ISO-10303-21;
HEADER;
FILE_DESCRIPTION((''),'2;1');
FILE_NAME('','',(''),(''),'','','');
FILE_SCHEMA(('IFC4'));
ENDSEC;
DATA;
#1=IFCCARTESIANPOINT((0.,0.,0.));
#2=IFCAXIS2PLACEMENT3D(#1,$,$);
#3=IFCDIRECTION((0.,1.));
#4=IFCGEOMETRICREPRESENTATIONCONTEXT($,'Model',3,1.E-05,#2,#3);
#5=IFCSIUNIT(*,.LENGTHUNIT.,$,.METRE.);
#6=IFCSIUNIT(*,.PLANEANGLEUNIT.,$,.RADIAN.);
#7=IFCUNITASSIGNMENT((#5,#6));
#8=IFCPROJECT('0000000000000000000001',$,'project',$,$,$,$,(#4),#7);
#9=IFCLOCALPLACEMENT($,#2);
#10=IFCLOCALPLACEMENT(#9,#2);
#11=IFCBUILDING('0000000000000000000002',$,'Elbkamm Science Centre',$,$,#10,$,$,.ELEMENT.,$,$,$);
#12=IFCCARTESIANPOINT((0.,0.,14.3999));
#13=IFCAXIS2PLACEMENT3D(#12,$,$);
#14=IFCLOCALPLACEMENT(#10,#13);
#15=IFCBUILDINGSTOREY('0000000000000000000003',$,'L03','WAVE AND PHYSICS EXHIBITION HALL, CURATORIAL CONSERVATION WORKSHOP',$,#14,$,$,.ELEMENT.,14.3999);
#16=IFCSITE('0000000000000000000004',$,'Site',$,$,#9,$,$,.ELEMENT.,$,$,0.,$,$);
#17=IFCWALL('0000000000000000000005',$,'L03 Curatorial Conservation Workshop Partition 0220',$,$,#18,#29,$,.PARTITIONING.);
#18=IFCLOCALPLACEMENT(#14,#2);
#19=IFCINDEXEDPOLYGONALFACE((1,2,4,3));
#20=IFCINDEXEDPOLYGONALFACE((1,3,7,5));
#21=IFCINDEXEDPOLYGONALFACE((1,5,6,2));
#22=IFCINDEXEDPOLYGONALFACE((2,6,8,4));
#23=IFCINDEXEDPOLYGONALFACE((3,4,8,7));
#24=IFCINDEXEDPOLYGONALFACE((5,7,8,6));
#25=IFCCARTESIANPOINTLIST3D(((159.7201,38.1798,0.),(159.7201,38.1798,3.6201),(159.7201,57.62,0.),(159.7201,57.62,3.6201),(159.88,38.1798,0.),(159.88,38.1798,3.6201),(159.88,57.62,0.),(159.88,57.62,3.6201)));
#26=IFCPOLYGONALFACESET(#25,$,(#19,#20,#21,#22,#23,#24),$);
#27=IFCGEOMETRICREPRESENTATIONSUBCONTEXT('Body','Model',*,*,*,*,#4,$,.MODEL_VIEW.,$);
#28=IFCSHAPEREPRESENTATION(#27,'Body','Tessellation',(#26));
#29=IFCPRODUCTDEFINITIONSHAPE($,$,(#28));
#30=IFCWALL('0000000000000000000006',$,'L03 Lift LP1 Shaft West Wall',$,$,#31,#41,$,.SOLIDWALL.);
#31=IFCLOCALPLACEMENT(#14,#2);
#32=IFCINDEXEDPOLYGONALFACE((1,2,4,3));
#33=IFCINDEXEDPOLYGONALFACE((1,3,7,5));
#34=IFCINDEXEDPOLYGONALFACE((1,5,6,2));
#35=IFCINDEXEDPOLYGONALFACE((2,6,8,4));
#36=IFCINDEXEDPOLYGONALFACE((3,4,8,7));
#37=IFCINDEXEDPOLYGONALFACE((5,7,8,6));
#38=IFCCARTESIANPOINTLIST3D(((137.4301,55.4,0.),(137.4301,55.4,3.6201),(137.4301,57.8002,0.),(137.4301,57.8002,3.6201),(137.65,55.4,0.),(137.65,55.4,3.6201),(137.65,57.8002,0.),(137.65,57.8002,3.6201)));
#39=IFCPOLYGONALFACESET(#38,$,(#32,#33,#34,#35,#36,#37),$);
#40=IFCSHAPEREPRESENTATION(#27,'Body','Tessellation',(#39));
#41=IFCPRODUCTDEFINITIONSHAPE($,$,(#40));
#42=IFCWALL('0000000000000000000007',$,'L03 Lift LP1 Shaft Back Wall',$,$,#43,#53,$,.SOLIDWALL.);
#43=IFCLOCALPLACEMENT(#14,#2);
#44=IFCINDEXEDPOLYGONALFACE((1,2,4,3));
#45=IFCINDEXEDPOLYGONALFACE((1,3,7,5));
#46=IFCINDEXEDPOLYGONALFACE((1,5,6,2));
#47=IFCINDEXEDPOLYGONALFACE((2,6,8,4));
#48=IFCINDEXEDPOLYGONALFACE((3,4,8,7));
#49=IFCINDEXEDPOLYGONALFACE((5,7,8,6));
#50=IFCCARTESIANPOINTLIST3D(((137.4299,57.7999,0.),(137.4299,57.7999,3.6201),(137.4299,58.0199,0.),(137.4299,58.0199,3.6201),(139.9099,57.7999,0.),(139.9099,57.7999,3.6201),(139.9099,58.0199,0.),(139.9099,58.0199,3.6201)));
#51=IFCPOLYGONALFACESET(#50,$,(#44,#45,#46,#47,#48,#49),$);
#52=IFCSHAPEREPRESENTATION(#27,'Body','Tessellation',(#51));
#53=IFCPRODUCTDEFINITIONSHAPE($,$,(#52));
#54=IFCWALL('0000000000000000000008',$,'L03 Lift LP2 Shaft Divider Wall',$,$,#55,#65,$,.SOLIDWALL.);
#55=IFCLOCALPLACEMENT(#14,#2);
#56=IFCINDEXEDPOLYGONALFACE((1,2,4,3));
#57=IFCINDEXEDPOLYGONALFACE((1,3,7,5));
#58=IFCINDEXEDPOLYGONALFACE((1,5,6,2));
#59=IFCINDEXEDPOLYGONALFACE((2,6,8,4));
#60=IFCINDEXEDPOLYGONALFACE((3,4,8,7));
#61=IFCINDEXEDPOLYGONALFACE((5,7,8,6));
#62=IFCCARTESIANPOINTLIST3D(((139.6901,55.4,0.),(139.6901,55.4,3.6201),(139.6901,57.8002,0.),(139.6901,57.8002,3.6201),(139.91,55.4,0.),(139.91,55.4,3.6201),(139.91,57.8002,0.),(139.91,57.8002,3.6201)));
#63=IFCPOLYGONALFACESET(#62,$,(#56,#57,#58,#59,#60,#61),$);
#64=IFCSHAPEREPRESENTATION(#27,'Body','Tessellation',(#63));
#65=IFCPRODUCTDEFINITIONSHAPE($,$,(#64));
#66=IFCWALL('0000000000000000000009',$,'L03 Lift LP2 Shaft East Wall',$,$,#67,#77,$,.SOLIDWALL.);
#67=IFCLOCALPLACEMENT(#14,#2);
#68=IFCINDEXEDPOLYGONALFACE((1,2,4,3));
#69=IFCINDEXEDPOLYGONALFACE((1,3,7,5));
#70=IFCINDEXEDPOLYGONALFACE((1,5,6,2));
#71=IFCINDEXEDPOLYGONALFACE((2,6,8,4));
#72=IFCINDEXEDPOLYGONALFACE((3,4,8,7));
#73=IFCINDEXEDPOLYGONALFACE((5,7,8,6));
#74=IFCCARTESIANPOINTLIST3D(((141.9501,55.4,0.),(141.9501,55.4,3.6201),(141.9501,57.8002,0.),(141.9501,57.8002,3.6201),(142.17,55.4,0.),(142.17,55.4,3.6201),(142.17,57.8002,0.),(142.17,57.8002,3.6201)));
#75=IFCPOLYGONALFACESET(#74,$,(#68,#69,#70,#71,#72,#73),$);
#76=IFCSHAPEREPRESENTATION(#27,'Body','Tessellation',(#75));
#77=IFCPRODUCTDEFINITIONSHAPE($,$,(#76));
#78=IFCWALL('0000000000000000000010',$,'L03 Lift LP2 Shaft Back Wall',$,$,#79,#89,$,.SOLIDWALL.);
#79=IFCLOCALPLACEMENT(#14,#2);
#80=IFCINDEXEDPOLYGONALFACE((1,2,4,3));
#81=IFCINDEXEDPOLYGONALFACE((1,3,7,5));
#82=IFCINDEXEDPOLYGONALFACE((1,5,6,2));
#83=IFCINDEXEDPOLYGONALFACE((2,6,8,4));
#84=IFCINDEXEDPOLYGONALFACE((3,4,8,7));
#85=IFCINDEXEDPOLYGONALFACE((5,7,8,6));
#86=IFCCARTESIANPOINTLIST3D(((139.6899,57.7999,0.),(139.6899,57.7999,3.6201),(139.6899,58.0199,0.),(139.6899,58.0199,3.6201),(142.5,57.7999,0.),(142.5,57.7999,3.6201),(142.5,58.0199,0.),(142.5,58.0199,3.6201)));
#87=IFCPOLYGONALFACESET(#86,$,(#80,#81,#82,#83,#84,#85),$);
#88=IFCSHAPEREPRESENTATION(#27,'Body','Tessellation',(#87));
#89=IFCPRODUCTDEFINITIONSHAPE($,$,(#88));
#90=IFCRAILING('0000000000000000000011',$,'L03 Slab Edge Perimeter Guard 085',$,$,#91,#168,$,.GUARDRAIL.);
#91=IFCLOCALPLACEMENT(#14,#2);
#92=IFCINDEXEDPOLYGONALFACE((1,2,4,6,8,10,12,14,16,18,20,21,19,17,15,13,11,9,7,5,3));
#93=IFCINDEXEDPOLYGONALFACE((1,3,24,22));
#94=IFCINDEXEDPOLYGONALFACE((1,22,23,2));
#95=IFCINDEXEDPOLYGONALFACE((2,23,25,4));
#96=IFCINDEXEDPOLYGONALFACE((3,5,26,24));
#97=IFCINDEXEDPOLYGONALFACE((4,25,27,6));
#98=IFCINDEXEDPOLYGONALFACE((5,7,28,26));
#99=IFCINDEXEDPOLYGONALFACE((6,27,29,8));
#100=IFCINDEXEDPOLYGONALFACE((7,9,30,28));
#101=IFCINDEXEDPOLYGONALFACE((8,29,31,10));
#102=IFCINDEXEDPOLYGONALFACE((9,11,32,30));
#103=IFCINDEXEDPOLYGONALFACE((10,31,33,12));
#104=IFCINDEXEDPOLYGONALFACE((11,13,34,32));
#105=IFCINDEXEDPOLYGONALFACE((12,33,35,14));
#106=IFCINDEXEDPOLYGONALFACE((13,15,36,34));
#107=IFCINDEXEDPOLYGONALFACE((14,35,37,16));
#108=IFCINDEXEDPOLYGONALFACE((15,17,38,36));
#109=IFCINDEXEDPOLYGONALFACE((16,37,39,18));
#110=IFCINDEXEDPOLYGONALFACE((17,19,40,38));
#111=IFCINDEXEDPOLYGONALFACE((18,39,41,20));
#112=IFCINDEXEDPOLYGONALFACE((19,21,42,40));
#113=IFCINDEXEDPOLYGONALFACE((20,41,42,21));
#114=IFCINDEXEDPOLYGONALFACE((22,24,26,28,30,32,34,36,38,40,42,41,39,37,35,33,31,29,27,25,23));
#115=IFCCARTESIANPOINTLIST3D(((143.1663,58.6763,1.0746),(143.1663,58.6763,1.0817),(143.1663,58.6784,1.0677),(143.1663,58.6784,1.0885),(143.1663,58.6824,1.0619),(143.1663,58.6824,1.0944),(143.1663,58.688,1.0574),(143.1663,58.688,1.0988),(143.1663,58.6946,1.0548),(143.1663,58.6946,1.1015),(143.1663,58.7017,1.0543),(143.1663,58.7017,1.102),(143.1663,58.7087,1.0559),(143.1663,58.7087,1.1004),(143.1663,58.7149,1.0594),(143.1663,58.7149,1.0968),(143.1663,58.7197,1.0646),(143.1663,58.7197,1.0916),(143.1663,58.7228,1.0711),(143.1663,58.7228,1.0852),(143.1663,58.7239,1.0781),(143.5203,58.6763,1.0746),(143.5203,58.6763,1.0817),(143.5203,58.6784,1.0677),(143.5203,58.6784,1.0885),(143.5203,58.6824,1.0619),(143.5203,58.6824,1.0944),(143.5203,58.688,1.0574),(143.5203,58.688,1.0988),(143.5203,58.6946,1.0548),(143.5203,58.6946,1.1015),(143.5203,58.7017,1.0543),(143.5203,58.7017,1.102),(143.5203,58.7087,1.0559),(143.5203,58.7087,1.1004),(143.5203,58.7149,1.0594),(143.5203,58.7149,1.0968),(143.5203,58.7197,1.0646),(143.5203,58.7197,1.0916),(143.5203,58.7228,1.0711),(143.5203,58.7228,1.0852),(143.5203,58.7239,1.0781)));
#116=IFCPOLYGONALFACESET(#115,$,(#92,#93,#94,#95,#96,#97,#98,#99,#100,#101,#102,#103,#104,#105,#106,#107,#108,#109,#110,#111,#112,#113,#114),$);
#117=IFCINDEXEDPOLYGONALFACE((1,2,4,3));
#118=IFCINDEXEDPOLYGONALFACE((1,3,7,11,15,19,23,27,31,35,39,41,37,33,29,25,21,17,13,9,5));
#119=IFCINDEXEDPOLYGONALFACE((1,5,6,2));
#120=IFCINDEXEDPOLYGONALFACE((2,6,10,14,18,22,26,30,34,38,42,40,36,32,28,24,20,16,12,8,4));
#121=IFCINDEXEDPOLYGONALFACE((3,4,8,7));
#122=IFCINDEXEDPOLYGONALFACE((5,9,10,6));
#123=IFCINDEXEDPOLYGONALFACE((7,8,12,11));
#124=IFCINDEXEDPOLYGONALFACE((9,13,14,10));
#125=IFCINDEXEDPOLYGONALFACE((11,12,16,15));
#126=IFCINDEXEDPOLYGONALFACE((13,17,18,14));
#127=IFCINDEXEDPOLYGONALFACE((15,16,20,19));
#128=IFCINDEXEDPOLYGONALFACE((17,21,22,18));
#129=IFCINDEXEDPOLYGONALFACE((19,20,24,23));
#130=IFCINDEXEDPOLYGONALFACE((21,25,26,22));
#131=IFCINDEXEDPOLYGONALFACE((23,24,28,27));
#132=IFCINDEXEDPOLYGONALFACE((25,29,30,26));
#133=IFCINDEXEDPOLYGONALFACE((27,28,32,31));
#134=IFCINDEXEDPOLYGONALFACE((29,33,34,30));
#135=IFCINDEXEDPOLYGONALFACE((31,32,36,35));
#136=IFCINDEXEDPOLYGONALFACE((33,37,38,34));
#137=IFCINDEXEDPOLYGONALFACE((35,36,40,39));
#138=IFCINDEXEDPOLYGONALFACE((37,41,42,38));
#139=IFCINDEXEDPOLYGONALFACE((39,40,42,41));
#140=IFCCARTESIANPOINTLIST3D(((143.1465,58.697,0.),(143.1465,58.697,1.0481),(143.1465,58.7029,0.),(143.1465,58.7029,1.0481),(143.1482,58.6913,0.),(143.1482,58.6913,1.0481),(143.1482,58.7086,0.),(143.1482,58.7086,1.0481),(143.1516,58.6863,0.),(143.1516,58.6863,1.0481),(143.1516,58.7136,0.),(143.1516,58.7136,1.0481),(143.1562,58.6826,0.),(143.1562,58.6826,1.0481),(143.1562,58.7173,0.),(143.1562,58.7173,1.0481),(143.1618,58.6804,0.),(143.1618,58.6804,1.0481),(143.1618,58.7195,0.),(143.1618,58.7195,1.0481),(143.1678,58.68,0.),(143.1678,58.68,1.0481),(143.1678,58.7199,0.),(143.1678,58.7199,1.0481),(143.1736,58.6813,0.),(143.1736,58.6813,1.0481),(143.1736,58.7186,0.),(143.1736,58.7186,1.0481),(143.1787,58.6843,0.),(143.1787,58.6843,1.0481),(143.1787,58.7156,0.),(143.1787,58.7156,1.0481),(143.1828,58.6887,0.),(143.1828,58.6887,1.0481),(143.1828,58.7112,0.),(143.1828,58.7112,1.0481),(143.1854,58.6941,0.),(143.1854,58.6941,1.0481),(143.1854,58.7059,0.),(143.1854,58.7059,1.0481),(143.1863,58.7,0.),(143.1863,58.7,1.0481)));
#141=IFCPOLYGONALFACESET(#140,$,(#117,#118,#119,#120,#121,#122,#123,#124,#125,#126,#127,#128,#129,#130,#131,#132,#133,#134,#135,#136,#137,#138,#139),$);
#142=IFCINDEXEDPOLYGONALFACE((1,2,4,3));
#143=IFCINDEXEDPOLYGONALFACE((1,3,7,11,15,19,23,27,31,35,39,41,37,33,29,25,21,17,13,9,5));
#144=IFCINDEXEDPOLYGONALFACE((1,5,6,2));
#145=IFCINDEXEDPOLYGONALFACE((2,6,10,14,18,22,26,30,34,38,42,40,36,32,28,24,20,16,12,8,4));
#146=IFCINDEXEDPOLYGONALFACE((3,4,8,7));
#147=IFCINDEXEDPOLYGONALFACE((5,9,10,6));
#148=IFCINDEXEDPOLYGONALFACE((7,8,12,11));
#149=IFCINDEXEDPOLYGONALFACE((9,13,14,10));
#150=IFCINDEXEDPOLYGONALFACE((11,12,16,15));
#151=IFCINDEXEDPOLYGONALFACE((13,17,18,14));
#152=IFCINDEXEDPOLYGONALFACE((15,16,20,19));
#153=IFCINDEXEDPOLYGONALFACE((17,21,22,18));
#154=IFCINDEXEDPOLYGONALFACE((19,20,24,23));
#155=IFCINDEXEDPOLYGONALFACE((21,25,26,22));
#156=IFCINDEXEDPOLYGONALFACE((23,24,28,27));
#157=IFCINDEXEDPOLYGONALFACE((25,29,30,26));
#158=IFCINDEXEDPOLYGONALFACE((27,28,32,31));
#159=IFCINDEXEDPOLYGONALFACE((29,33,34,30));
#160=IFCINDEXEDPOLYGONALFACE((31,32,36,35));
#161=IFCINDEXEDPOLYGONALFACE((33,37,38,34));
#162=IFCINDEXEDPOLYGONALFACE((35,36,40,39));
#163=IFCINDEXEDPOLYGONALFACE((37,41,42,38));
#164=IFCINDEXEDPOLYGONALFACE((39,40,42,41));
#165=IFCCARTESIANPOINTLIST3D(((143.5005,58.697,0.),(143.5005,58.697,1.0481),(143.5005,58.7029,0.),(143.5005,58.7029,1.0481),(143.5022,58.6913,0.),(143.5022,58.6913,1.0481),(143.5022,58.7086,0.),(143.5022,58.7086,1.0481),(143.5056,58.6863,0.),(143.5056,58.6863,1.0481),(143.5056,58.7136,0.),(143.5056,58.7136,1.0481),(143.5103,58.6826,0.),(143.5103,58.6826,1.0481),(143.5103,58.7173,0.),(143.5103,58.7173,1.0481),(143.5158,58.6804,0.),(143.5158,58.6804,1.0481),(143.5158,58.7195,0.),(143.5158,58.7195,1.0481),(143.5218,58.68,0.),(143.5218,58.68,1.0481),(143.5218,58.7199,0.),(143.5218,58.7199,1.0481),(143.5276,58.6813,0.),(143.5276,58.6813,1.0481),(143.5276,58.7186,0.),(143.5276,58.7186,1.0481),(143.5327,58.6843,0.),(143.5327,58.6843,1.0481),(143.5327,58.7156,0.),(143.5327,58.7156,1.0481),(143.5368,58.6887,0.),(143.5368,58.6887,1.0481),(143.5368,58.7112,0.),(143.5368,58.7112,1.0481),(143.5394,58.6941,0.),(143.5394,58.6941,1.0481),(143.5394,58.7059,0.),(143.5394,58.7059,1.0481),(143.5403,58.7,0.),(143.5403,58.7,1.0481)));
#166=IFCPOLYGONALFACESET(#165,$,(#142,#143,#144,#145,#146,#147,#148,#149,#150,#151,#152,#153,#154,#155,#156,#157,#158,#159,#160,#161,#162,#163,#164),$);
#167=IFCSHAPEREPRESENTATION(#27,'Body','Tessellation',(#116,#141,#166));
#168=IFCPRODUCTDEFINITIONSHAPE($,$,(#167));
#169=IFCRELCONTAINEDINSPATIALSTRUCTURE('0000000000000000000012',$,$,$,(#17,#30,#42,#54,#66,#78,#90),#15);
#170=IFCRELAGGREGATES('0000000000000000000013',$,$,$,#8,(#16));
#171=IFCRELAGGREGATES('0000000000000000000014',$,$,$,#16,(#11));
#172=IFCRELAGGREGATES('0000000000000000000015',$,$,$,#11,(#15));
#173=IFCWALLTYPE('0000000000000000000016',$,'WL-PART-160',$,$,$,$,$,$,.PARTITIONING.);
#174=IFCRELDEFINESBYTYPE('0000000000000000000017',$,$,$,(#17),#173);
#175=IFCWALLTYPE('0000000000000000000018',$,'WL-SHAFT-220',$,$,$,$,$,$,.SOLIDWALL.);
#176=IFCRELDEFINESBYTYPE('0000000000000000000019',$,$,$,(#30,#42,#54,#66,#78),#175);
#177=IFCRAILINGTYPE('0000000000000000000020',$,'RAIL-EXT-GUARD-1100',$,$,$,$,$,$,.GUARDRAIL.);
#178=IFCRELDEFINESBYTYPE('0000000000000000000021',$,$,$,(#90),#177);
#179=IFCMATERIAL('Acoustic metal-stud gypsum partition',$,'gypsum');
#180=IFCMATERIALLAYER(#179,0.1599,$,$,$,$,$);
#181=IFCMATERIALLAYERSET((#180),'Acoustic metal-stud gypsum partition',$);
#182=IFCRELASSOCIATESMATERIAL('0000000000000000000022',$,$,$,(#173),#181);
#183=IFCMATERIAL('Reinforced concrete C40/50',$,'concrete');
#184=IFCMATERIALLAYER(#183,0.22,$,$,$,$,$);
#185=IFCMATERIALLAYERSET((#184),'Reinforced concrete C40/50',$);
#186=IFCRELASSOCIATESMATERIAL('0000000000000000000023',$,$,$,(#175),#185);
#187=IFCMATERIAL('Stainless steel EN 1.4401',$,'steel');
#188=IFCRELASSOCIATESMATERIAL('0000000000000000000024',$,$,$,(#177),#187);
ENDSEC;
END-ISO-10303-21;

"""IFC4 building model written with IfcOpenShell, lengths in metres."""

from ifc_helpers import new_model, si_unit, direction, frame, frame_2d, origin, origin_2d, place, context, subcontext, project, spatial, rectangle, circle, extrude, material, layer, layer_set, type_object, element, save


model = new_model("IFC4")

# Units and contexts
model_context = context("Model", 3, precision=1e-05, world=origin(), true_north=direction((0.0, 1.0)))
body_context = subcontext(model_context, "Body", "Model", "MODEL_VIEW")
ifc_project = project(units=[si_unit("LENGTHUNIT", "METRE"), si_unit("PLANEANGLEUNIT", "RADIAN")], contexts=[model_context])

# Site, building, storey
site_placement = place(None, origin())
site = spatial("IfcSite", under=ifc_project, at=site_placement, Name="Site", CompositionType="ELEMENT", RefElevation=0.0)
building_placement = place(site_placement, origin())
building = spatial("IfcBuilding", under=site, at=building_placement, Name="Elbkamm Science Centre", CompositionType="ELEMENT")
storey_placement = place(building_placement, frame((0.0, 0.0, 14.3999)))
storey = spatial("IfcBuildingStorey", under=building, at=storey_placement, Name="L03", Description="WAVE AND PHYSICS EXHIBITION HALL, CURATORIAL CONSERVATION WORKSHOP", CompositionType="ELEMENT", Elevation=14.3999)

# Walls
ifc_material_1 = material(Name="Acoustic metal-stud gypsum partition", Category="gypsum")
ifc_layer_1 = layer(ifc_material_1, 0.1599)
ifc_layer_set_1 = layer_set([ifc_layer_1], Name="Acoustic metal-stud gypsum partition")
wall_type_1 = type_object("IfcWallType", Name="WL-PART-160", PredefinedType="PARTITIONING", material=ifc_layer_set_1)
wall_1_placement = place(storey_placement, frame((159.8, 57.6201, 0.0), z_axis=(0.0, 0.0, 1.0), x_axis=(0.0, -1.0, 0.0)))
element("IfcWall", 1, at=wall_1_placement, inside=storey, type_object=wall_type_1, Name="L03 Curatorial Conservation Workshop Partition 0220", PredefinedType="PARTITIONING", context=body_context, shape_type="SweptSolid", body=[
    extrude(rectangle(XDim=19.4402, YDim=0.1599, at=frame_2d((9.7202, 0.0))), origin(), (0.0, 0.0, 1.0), 3.6201),
])
ifc_material_2 = material(Name="Reinforced concrete C40/50", Category="concrete")
ifc_layer_2 = layer(ifc_material_2, 0.22)
ifc_layer_set_2 = layer_set([ifc_layer_2], Name="Reinforced concrete C40/50")
wall_type_2 = type_object("IfcWallType", Name="WL-SHAFT-220", PredefinedType="SOLIDWALL", material=ifc_layer_set_2)
wall_2_placement = place(storey_placement, frame((137.54, 55.3999, 0.0), z_axis=(0.0, 0.0, 1.0), x_axis=(0.0, 1.0, 0.0)))
element("IfcWall", 2, at=wall_2_placement, inside=storey, type_object=wall_type_2, Name="L03 Lift LP1 Shaft West Wall", PredefinedType="SOLIDWALL", context=body_context, shape_type="SweptSolid", body=[
    extrude(rectangle(XDim=2.4001, YDim=0.22, at=frame_2d((1.2002, 0.0))), origin(), (0.0, 0.0, 1.0), 3.6201),
])
wall_3_placement = place(storey_placement, frame((137.4299, 57.9099, 0.0), z_axis=(0.0, 0.0, 1.0), x_axis=(1.0, 0.0, 0.0)))
element("IfcWall", 3, at=wall_3_placement, inside=storey, type_object=wall_type_2, Name="L03 Lift LP1 Shaft Back Wall", PredefinedType="SOLIDWALL", context=body_context, shape_type="SweptSolid", body=[
    extrude(rectangle(XDim=2.48, YDim=0.22, at=frame_2d((1.24, 0.0))), origin(), (0.0, 0.0, 1.0), 3.6201),
])
for number, where, z_axis, x_axis, name in (
    (4, (139.8, 55.3999, 0.0), (0.0, 0.0, 1.0), (0.0, 1.0, 0.0), "L03 Lift LP2 Shaft Divider Wall"),
    (5, (142.0601, 55.3999, 0.0), (0.0, 0.0, 1.0), (0.0, 1.0, 0.0), "L03 Lift LP2 Shaft East Wall"),
):
    element("IfcWall", number, at=place(storey_placement, frame(where, z_axis=z_axis, x_axis=x_axis)), inside=storey, type_object=wall_type_2, Name=name, PredefinedType="SOLIDWALL", context=body_context, shape_type="SweptSolid", body=[
        extrude(rectangle(XDim=2.4001, YDim=0.22, at=frame_2d((1.2002, 0.0))), origin(), (0.0, 0.0, 1.0), 3.6201),
    ])
wall_4_placement = place(storey_placement, frame((139.6899, 57.9099, 0.0), z_axis=(0.0, 0.0, 1.0), x_axis=(1.0, 0.0, 0.0)))
element("IfcWall", 6, at=wall_4_placement, inside=storey, type_object=wall_type_2, Name="L03 Lift LP2 Shaft Back Wall", PredefinedType="SOLIDWALL", context=body_context, shape_type="SweptSolid", body=[
    extrude(rectangle(XDim=2.8101, YDim=0.22, at=frame_2d((1.405, 0.0))), origin(), (0.0, 0.0, 1.0), 3.6201),
])

# Railing
ifc_material_3 = material(Name="Stainless steel EN 1.4401", Category="steel")
railing_type = type_object("IfcRailingType", Name="RAIL-EXT-GUARD-1100", PredefinedType="GUARDRAIL", material=ifc_material_3)
railing_1_placement = place(storey_placement, frame((143.1663, 58.7, 0.0)))
element("IfcRailing", 7, at=railing_1_placement, inside=storey, type_object=railing_type, Name="L03 Slab Edge Perimeter Guard 085", PredefinedType="GUARDRAIL", context=body_context, shape_type="SweptSolid", body=[
    extrude(circle(Radius=0.0239, at=origin_2d()), frame((0.0, 0.0, 1.0781), z_axis=(1.0, 0.0, 0.0), x_axis=(0.0, 1.0, 0.0)), (0.0, 0.0, 1.0), 0.354),
    extrude(circle(Radius=0.02, at=origin_2d()), origin(), (0.0, 0.0, 1.0), 1.0481),
    extrude(circle(Radius=0.02, at=origin_2d()), frame((0.354, 0.0, 0.0)), (0.0, 0.0, 1.0), 1.0481),
])

save(model, "model.ifc")
